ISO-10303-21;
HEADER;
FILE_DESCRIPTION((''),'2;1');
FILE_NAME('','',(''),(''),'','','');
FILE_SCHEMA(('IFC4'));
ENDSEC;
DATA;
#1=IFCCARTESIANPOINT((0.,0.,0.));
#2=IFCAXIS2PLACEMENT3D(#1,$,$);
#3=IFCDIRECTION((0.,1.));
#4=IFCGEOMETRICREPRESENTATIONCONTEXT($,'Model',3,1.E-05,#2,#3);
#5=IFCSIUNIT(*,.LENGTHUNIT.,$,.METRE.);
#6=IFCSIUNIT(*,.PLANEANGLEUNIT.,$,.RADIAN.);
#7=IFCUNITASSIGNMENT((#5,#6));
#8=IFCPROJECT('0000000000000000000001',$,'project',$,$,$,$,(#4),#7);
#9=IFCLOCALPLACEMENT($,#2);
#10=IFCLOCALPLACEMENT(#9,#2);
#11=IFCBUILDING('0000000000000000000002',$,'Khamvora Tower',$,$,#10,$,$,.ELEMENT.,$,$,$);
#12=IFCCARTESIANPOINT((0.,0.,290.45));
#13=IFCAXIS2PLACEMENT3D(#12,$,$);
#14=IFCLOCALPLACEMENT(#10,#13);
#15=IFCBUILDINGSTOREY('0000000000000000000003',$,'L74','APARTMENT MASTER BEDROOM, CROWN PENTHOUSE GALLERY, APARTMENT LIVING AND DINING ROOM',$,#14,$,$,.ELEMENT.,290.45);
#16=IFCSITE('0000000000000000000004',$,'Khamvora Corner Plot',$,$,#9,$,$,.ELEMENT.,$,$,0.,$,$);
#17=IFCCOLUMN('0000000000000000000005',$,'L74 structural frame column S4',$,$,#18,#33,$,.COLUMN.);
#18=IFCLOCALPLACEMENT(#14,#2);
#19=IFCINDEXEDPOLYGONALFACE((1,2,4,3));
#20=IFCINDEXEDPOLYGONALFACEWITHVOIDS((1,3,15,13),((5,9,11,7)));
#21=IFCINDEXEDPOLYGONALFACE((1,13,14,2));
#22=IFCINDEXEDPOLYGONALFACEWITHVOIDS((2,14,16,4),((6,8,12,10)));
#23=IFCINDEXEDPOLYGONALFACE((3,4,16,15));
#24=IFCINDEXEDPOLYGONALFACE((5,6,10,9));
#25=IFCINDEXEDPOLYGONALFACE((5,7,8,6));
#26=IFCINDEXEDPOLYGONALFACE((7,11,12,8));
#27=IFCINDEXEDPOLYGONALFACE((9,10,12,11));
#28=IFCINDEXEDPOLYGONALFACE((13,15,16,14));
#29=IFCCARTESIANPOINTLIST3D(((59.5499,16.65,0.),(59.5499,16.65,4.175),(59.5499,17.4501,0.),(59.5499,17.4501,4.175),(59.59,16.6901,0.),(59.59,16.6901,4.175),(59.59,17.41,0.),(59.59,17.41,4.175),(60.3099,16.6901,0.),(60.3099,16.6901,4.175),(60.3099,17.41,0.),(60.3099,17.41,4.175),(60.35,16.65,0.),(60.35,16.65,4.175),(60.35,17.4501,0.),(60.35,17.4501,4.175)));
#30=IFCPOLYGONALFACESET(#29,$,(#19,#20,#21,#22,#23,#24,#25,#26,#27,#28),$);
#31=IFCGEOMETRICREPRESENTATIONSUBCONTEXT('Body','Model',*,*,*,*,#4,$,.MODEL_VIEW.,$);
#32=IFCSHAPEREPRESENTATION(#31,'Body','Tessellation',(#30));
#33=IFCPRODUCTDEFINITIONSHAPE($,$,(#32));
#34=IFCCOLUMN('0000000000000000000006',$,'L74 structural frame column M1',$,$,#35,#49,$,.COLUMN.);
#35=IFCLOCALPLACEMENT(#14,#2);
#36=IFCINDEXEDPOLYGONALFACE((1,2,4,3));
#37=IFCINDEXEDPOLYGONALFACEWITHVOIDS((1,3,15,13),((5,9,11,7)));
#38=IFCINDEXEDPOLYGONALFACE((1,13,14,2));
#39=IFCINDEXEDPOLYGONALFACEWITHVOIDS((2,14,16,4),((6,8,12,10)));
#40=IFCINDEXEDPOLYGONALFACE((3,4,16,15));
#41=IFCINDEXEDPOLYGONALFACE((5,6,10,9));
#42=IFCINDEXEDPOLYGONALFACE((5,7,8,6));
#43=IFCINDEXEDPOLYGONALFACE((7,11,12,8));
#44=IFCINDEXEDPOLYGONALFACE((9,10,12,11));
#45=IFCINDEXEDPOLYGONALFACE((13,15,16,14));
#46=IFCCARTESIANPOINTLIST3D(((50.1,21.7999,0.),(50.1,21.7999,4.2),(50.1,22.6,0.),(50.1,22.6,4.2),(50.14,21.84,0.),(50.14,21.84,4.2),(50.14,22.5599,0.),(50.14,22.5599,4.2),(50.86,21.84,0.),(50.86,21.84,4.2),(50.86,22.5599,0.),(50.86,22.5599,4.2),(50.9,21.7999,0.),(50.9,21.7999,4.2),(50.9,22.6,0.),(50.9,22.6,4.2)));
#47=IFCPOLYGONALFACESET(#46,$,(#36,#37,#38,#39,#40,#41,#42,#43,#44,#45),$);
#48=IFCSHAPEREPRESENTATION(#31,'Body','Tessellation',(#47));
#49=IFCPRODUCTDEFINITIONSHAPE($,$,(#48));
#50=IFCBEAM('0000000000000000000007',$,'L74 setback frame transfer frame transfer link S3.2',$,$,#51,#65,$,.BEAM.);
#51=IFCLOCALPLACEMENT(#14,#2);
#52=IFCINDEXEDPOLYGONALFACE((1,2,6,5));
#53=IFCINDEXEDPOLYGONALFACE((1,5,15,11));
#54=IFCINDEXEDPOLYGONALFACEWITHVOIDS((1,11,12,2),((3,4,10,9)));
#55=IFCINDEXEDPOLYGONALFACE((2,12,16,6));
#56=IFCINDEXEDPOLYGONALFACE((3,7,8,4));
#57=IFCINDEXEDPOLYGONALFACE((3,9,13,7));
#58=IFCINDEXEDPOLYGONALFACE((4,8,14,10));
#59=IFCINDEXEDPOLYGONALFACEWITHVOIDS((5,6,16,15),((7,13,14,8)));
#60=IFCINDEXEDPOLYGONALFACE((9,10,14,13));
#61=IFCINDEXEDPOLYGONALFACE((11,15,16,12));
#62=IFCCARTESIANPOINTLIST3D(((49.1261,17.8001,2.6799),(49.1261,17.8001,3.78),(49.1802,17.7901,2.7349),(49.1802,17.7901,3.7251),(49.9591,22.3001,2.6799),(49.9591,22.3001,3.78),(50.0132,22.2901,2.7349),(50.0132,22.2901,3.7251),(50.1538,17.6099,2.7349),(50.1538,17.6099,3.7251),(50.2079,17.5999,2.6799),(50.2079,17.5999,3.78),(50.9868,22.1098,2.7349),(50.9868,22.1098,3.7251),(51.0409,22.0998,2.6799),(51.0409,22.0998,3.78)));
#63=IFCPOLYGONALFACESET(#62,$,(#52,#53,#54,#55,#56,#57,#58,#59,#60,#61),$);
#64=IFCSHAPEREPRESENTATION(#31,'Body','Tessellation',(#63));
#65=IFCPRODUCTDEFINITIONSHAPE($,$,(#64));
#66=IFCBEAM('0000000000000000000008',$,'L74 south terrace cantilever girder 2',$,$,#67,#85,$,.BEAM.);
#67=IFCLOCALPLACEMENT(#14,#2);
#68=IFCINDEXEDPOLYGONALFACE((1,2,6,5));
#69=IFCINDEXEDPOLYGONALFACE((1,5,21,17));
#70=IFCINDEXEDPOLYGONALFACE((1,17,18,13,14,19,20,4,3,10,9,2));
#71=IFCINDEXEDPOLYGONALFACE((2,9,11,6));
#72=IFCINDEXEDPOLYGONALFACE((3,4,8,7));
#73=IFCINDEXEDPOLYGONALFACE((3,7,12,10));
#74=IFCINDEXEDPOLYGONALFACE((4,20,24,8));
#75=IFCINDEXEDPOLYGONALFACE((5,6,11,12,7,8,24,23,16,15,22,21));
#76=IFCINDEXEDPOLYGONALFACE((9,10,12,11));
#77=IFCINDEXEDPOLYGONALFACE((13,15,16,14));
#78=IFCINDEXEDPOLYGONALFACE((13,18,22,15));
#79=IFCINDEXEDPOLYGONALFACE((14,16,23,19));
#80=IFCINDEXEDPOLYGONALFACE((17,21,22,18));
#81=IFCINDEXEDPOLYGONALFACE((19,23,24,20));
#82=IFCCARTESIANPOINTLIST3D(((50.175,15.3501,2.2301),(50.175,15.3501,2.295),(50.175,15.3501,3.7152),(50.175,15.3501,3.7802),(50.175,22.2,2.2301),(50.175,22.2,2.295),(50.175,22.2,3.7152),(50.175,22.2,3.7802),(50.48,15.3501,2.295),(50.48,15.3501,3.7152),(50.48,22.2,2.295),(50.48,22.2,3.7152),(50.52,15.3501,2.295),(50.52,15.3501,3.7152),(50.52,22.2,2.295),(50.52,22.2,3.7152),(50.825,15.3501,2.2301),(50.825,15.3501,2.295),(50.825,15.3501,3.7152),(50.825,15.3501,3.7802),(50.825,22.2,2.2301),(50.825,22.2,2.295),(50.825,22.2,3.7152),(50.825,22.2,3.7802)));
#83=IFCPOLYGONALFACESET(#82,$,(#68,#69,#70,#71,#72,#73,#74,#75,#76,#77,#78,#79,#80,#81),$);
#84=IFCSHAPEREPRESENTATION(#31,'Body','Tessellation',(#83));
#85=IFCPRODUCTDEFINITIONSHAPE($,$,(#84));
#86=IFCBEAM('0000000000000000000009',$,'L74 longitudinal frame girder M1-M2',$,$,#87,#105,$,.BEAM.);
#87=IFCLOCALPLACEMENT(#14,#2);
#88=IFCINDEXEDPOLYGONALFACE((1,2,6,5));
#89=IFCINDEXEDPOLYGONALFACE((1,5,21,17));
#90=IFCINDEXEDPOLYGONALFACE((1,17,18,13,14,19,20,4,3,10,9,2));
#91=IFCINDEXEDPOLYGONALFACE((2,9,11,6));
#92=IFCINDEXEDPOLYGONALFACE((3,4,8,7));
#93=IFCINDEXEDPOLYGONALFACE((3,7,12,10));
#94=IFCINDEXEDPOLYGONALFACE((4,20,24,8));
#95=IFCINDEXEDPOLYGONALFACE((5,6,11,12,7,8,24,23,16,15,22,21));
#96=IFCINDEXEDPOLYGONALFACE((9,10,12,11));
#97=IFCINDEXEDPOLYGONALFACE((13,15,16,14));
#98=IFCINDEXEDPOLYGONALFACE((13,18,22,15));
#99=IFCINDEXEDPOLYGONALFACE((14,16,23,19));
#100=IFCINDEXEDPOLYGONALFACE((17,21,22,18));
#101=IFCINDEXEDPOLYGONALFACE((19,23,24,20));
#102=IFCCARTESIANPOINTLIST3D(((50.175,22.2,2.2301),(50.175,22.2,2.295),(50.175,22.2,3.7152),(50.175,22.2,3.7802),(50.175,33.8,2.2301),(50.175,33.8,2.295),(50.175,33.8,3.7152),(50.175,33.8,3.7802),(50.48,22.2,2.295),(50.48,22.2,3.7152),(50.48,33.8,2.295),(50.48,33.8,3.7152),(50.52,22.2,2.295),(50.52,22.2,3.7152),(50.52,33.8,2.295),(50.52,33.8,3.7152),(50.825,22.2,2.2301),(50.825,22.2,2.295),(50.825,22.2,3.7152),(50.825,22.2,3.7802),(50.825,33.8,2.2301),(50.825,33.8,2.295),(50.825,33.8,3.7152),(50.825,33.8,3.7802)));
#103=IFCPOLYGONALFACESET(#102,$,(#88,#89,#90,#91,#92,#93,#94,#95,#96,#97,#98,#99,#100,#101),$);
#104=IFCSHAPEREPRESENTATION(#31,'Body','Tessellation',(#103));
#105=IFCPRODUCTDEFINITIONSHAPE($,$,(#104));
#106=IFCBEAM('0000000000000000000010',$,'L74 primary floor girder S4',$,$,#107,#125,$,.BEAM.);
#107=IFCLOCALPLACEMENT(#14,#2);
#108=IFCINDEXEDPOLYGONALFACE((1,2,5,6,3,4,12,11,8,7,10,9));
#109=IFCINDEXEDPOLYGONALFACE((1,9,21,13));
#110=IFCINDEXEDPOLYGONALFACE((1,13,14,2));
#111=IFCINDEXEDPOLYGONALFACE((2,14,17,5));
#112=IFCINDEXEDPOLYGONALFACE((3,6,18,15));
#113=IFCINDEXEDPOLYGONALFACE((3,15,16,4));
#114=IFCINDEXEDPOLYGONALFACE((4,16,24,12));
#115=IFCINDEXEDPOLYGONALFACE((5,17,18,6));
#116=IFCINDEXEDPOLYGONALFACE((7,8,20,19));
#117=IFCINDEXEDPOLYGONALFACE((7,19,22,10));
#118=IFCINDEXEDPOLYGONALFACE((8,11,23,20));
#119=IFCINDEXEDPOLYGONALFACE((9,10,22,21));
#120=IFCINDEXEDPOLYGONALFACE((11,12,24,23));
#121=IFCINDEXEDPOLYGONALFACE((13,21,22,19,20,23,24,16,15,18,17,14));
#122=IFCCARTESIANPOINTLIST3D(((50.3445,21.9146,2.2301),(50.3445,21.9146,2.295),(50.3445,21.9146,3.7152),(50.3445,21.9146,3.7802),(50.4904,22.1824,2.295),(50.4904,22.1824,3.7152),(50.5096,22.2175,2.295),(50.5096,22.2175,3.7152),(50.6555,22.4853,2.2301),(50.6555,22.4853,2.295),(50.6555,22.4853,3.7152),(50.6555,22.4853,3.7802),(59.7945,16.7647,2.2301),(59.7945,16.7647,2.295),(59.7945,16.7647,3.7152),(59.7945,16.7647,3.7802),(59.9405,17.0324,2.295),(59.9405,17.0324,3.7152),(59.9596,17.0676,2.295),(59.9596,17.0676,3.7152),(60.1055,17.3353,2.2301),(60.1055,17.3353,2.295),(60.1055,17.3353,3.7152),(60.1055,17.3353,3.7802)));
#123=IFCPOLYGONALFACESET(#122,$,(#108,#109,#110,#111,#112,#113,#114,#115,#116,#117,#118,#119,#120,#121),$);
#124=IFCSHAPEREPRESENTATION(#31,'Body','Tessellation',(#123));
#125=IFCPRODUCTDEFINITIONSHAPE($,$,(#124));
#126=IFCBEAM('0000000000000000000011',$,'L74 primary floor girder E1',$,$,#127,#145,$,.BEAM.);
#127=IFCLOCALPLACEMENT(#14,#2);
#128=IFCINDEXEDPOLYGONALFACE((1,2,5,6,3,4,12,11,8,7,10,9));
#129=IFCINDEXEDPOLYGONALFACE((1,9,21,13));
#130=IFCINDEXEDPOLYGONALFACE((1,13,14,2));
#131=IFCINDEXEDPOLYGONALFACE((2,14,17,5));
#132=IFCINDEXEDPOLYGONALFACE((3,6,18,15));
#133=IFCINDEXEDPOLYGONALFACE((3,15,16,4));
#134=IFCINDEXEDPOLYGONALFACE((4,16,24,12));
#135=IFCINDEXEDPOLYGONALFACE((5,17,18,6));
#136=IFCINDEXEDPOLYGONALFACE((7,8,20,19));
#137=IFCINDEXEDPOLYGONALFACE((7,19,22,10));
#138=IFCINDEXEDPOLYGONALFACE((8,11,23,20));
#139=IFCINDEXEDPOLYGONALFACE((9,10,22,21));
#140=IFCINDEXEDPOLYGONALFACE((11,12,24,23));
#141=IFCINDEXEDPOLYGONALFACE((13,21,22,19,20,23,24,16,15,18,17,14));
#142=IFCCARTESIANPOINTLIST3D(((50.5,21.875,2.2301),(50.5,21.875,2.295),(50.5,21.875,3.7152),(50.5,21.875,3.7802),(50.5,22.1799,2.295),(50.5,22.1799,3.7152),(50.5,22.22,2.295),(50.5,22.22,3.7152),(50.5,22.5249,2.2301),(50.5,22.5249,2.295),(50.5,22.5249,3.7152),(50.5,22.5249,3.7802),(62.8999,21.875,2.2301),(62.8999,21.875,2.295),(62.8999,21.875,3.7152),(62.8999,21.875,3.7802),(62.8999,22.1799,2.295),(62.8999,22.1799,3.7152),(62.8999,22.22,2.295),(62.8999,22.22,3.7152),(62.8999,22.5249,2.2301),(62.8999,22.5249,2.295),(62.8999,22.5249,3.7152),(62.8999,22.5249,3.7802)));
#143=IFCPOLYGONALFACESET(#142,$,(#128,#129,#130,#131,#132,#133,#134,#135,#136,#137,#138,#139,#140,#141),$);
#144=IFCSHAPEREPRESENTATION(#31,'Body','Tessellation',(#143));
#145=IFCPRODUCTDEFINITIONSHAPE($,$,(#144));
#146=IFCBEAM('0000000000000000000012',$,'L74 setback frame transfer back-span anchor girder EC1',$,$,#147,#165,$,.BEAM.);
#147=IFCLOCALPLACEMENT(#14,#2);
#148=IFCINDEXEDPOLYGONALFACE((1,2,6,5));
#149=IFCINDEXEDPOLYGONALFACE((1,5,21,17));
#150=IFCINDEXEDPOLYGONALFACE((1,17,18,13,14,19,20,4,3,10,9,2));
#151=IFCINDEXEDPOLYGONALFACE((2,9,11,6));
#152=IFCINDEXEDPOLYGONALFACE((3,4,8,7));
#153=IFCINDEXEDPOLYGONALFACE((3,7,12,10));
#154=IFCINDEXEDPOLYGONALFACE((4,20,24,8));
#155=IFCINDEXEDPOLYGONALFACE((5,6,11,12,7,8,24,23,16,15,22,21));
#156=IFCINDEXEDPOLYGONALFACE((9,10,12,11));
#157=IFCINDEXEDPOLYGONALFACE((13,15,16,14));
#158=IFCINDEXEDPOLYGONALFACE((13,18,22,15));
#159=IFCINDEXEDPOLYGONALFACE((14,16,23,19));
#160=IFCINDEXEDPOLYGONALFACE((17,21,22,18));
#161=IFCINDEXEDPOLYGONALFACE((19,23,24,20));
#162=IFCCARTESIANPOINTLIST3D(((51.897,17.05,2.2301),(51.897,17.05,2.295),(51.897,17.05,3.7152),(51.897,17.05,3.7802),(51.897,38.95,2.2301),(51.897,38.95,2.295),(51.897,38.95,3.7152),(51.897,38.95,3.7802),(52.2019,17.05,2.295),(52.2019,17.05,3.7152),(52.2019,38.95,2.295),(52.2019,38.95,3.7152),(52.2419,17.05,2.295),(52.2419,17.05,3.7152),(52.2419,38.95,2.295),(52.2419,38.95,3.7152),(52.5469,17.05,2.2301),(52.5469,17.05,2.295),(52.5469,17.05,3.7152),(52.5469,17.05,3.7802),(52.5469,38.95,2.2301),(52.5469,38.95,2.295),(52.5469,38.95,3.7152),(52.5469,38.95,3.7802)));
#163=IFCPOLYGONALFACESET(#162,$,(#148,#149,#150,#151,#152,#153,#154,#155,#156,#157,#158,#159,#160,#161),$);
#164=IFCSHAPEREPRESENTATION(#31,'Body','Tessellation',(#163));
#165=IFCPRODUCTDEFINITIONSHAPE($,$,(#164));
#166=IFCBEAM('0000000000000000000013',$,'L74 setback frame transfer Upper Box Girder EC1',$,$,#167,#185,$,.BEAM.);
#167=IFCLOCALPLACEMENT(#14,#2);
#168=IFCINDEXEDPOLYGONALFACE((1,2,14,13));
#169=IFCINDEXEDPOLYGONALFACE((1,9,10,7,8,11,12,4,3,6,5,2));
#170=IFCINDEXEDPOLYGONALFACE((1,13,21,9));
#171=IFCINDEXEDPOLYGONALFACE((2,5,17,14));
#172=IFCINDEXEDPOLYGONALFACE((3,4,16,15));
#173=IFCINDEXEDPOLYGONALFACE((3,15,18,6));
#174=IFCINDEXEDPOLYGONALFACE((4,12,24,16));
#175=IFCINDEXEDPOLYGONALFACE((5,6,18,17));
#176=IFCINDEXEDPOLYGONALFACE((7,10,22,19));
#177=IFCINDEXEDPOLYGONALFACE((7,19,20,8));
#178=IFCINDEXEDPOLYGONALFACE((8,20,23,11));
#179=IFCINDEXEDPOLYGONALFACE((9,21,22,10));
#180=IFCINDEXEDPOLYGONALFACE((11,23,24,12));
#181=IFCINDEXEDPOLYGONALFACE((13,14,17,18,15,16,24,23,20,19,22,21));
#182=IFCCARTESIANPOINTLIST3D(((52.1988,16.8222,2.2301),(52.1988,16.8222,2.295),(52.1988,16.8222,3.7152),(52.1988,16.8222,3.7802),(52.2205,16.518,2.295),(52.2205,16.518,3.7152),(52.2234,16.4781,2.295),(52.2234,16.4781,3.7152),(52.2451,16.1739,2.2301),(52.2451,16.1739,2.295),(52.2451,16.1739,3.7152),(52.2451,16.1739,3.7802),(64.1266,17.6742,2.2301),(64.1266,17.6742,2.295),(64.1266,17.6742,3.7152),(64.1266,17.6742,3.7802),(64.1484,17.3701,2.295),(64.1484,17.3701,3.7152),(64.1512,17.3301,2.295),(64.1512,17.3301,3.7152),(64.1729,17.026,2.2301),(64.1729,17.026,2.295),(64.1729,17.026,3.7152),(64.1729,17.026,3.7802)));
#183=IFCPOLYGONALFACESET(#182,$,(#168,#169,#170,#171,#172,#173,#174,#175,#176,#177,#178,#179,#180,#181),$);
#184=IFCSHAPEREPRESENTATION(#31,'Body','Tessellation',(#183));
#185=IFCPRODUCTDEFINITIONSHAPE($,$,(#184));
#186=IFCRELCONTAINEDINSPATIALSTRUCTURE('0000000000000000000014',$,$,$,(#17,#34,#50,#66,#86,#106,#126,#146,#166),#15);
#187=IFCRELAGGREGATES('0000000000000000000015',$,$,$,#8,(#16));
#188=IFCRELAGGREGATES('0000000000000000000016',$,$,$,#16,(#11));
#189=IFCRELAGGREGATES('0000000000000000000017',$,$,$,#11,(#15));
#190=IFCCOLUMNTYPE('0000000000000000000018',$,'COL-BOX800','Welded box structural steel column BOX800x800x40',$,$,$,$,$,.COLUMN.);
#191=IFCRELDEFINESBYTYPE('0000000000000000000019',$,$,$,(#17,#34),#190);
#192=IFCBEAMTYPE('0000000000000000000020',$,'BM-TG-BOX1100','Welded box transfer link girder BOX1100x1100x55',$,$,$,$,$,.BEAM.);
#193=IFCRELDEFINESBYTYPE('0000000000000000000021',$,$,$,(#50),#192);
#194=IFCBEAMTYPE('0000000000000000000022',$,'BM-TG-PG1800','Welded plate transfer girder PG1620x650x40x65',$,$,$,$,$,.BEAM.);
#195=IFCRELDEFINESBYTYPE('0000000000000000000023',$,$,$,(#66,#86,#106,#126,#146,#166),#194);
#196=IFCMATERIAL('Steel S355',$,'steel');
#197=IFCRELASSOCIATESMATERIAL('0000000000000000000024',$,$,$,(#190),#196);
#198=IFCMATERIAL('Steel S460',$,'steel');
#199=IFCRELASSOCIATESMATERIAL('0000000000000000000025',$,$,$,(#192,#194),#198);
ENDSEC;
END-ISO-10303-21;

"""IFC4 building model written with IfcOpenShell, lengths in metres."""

from ifc_helpers import new_model, si_unit, direction, frame, origin, origin_2d, place, context, subcontext, project, spatial, hollow_rectangle, i_section, extrude, material, material_profile, profile_set, type_object, element, save


model = new_model("IFC4")

# Units and contexts
model_context = context("Model", 3, precision=1e-05, world=origin(), true_north=direction((0.0, 1.0)))
body_context = subcontext(model_context, "Body", "Model", "MODEL_VIEW")
ifc_project = project(units=[si_unit("LENGTHUNIT", "METRE"), si_unit("PLANEANGLEUNIT", "RADIAN")], contexts=[model_context])

# Site, building, storey
site_placement = place(None, origin())
site = spatial("IfcSite", under=ifc_project, at=site_placement, Name="Khamvora Corner Plot", CompositionType="ELEMENT", RefElevation=0.0)
building_placement = place(site_placement, origin())
building = spatial("IfcBuilding", under=site, at=building_placement, Name="Khamvora Tower", CompositionType="ELEMENT")
storey_placement = place(building_placement, frame((0.0, 0.0, 290.45)))
storey = spatial("IfcBuildingStorey", under=building, at=storey_placement, Name="L74", Description="APARTMENT MASTER BEDROOM, CROWN PENTHOUSE GALLERY, APARTMENT LIVING AND DINING ROOM", CompositionType="ELEMENT", Elevation=290.45)

# Columns
ifc_material_1 = material(Name="Steel S355", Category="steel")
ifc_material_profile_1 = material_profile(ifc_material_1, hollow_rectangle(XDim=0.8, YDim=0.8, WallThickness=0.04, at=origin_2d()), Name="BOX800x800x40")
ifc_profile_set_1 = profile_set([ifc_material_profile_1], Name="Steel S355")
column_type = type_object("IfcColumnType", Name="COL-BOX800", Description="Welded box structural steel column BOX800x800x40", PredefinedType="COLUMN", material=ifc_profile_set_1)
column_1_placement = place(storey_placement, frame((59.95, 17.05, 0.0), z_axis=(0.0, 0.0, 1.0), x_axis=(1.0, 0.0, 0.0)))
element("IfcColumn", 1, at=column_1_placement, inside=storey, type_object=column_type, Name="L74 structural frame column S4", PredefinedType="COLUMN", context=body_context, shape_type="SweptSolid", body=[
    extrude(hollow_rectangle(XDim=0.8, YDim=0.8, WallThickness=0.04, at=origin_2d()), origin(), (0.0, 0.0, 1.0), 4.175),
])
column_2_placement = place(storey_placement, frame((50.5, 22.2, 0.0), z_axis=(0.0, 0.0, 1.0), x_axis=(1.0, 0.0, 0.0)))
element("IfcColumn", 2, at=column_2_placement, inside=storey, type_object=column_type, Name="L74 structural frame column M1", PredefinedType="COLUMN", context=body_context, shape_type="SweptSolid", body=[
    extrude(hollow_rectangle(XDim=0.8, YDim=0.8, WallThickness=0.04, at=origin_2d()), origin(), (0.0, 0.0, 1.0), 4.2),
])

# Beams
ifc_material_2 = material(Name="Steel S460", Category="steel")
ifc_material_profile_2 = material_profile(ifc_material_2, hollow_rectangle(XDim=1.1001, YDim=1.1001, WallThickness=0.0549, at=origin_2d()), Name="BOX1100x1100x55")
ifc_profile_set_2 = profile_set([ifc_material_profile_2], Name="Steel S460")
beam_type_1 = type_object("IfcBeamType", Name="BM-TG-BOX1100", Description="Welded box transfer link girder BOX1100x1100x55", PredefinedType="BEAM", material=ifc_profile_set_2)
beam_1_placement = place(storey_placement, frame((50.5, 22.2, 3.23), z_axis=(-0.18202, -0.983295, 0.0), x_axis=(0.983295, -0.18202, 0.0)))
element("IfcBeam", 3, at=beam_1_placement, inside=storey, type_object=beam_type_1, Name="L74 setback frame transfer frame transfer link S3.2", PredefinedType="BEAM", context=body_context, shape_type="SweptSolid", body=[
    extrude(hollow_rectangle(XDim=1.1001, YDim=1.1001, WallThickness=0.0549, at=origin_2d()), origin(), (0.0, 0.0, 1.0), 4.5764),
])
ifc_material_profile_3 = material_profile(ifc_material_2, i_section(OverallWidth=0.6499, OverallDepth=1.55, WebThickness=0.04, FlangeThickness=0.0649, at=origin_2d()), Name="PG1550x650x40x65")
ifc_profile_set_3 = profile_set([ifc_material_profile_3], Name="Steel S460")
beam_type_2 = type_object("IfcBeamType", Name="BM-TG-PG1800", Description="Welded plate transfer girder PG1620x650x40x65", PredefinedType="BEAM", material=ifc_profile_set_3)
beam_2_placement = place(storey_placement, frame((50.5, 22.2, 3.0051), z_axis=(0.0, -1.0, 0.0), x_axis=(1.0, 0.0, 0.0)))
element("IfcBeam", 4, at=beam_2_placement, inside=storey, type_object=beam_type_2, Name="L74 south terrace cantilever girder 2", PredefinedType="BEAM", context=body_context, shape_type="SweptSolid", body=[
    extrude(i_section(OverallWidth=0.6499, OverallDepth=1.55, WebThickness=0.04, FlangeThickness=0.0649, at=origin_2d()), origin(), (0.0, 0.0, 1.0), 6.8499),
])
beam_3_placement = place(storey_placement, frame((50.5, 22.2, 3.0051), z_axis=(0.0, 1.0, 0.0), x_axis=(-1.0, 0.0, 0.0)))
element("IfcBeam", 5, at=beam_3_placement, inside=storey, type_object=beam_type_2, Name="L74 longitudinal frame girder M1-M2", PredefinedType="BEAM", context=body_context, shape_type="SweptSolid", body=[
    extrude(i_section(OverallWidth=0.6499, OverallDepth=1.55, WebThickness=0.04, FlangeThickness=0.0649, at=origin_2d()), origin(), (0.0, 0.0, 1.0), 11.6001),
])
beam_4_placement = place(storey_placement, frame((50.5, 22.2, 3.0051), z_axis=(0.878076, -0.478521, 0.0), x_axis=(0.478521, 0.878076, 0.0)))
element("IfcBeam", 6, at=beam_4_placement, inside=storey, type_object=beam_type_2, Name="L74 primary floor girder S4", PredefinedType="BEAM", context=body_context, shape_type="SweptSolid", body=[
    extrude(i_section(OverallWidth=0.6499, OverallDepth=1.55, WebThickness=0.04, FlangeThickness=0.0649, at=origin_2d()), origin(), (0.0, 0.0, 1.0), 10.7622),
])
beam_5_placement = place(storey_placement, frame((50.5, 22.2, 3.0051), z_axis=(1.0, 0.0, 0.0), x_axis=(0.0, 1.0, 0.0)))
element("IfcBeam", 7, at=beam_5_placement, inside=storey, type_object=beam_type_2, Name="L74 primary floor girder E1", PredefinedType="BEAM", context=body_context, shape_type="SweptSolid", body=[
    extrude(i_section(OverallWidth=0.6499, OverallDepth=1.55, WebThickness=0.04, FlangeThickness=0.0649, at=origin_2d()), origin(), (0.0, 0.0, 1.0), 12.3999),
])
beam_6_placement = place(storey_placement, frame((52.2219, 17.05, 3.0051), z_axis=(0.0, 1.0, 0.0), x_axis=(-1.0, 0.0, 0.0)))
element("IfcBeam", 8, at=beam_6_placement, inside=storey, type_object=beam_type_2, Name="L74 setback frame transfer back-span anchor girder EC1", PredefinedType="BEAM", context=body_context, shape_type="SweptSolid", body=[
    extrude(i_section(OverallWidth=0.6499, OverallDepth=1.55, WebThickness=0.04, FlangeThickness=0.0649, at=origin_2d()), origin(), (0.0, 0.0, 1.0), 21.8999),
])
beam_7_placement = place(storey_placement, frame((52.2219, 16.498, 3.0051), z_axis=(0.997458, 0.071251, 0.0), x_axis=(-0.071251, 0.997458, 0.0)))
element("IfcBeam", 9, at=beam_7_placement, inside=storey, type_object=beam_type_2, Name="L74 setback frame transfer Upper Box Girder EC1", PredefinedType="BEAM", context=body_context, shape_type="SweptSolid", body=[
    extrude(i_section(OverallWidth=0.6499, OverallDepth=1.55, WebThickness=0.04, FlangeThickness=0.0649, at=origin_2d()), origin(), (0.0, 0.0, 1.0), 11.9583),
])

save(model, "model.ifc")
